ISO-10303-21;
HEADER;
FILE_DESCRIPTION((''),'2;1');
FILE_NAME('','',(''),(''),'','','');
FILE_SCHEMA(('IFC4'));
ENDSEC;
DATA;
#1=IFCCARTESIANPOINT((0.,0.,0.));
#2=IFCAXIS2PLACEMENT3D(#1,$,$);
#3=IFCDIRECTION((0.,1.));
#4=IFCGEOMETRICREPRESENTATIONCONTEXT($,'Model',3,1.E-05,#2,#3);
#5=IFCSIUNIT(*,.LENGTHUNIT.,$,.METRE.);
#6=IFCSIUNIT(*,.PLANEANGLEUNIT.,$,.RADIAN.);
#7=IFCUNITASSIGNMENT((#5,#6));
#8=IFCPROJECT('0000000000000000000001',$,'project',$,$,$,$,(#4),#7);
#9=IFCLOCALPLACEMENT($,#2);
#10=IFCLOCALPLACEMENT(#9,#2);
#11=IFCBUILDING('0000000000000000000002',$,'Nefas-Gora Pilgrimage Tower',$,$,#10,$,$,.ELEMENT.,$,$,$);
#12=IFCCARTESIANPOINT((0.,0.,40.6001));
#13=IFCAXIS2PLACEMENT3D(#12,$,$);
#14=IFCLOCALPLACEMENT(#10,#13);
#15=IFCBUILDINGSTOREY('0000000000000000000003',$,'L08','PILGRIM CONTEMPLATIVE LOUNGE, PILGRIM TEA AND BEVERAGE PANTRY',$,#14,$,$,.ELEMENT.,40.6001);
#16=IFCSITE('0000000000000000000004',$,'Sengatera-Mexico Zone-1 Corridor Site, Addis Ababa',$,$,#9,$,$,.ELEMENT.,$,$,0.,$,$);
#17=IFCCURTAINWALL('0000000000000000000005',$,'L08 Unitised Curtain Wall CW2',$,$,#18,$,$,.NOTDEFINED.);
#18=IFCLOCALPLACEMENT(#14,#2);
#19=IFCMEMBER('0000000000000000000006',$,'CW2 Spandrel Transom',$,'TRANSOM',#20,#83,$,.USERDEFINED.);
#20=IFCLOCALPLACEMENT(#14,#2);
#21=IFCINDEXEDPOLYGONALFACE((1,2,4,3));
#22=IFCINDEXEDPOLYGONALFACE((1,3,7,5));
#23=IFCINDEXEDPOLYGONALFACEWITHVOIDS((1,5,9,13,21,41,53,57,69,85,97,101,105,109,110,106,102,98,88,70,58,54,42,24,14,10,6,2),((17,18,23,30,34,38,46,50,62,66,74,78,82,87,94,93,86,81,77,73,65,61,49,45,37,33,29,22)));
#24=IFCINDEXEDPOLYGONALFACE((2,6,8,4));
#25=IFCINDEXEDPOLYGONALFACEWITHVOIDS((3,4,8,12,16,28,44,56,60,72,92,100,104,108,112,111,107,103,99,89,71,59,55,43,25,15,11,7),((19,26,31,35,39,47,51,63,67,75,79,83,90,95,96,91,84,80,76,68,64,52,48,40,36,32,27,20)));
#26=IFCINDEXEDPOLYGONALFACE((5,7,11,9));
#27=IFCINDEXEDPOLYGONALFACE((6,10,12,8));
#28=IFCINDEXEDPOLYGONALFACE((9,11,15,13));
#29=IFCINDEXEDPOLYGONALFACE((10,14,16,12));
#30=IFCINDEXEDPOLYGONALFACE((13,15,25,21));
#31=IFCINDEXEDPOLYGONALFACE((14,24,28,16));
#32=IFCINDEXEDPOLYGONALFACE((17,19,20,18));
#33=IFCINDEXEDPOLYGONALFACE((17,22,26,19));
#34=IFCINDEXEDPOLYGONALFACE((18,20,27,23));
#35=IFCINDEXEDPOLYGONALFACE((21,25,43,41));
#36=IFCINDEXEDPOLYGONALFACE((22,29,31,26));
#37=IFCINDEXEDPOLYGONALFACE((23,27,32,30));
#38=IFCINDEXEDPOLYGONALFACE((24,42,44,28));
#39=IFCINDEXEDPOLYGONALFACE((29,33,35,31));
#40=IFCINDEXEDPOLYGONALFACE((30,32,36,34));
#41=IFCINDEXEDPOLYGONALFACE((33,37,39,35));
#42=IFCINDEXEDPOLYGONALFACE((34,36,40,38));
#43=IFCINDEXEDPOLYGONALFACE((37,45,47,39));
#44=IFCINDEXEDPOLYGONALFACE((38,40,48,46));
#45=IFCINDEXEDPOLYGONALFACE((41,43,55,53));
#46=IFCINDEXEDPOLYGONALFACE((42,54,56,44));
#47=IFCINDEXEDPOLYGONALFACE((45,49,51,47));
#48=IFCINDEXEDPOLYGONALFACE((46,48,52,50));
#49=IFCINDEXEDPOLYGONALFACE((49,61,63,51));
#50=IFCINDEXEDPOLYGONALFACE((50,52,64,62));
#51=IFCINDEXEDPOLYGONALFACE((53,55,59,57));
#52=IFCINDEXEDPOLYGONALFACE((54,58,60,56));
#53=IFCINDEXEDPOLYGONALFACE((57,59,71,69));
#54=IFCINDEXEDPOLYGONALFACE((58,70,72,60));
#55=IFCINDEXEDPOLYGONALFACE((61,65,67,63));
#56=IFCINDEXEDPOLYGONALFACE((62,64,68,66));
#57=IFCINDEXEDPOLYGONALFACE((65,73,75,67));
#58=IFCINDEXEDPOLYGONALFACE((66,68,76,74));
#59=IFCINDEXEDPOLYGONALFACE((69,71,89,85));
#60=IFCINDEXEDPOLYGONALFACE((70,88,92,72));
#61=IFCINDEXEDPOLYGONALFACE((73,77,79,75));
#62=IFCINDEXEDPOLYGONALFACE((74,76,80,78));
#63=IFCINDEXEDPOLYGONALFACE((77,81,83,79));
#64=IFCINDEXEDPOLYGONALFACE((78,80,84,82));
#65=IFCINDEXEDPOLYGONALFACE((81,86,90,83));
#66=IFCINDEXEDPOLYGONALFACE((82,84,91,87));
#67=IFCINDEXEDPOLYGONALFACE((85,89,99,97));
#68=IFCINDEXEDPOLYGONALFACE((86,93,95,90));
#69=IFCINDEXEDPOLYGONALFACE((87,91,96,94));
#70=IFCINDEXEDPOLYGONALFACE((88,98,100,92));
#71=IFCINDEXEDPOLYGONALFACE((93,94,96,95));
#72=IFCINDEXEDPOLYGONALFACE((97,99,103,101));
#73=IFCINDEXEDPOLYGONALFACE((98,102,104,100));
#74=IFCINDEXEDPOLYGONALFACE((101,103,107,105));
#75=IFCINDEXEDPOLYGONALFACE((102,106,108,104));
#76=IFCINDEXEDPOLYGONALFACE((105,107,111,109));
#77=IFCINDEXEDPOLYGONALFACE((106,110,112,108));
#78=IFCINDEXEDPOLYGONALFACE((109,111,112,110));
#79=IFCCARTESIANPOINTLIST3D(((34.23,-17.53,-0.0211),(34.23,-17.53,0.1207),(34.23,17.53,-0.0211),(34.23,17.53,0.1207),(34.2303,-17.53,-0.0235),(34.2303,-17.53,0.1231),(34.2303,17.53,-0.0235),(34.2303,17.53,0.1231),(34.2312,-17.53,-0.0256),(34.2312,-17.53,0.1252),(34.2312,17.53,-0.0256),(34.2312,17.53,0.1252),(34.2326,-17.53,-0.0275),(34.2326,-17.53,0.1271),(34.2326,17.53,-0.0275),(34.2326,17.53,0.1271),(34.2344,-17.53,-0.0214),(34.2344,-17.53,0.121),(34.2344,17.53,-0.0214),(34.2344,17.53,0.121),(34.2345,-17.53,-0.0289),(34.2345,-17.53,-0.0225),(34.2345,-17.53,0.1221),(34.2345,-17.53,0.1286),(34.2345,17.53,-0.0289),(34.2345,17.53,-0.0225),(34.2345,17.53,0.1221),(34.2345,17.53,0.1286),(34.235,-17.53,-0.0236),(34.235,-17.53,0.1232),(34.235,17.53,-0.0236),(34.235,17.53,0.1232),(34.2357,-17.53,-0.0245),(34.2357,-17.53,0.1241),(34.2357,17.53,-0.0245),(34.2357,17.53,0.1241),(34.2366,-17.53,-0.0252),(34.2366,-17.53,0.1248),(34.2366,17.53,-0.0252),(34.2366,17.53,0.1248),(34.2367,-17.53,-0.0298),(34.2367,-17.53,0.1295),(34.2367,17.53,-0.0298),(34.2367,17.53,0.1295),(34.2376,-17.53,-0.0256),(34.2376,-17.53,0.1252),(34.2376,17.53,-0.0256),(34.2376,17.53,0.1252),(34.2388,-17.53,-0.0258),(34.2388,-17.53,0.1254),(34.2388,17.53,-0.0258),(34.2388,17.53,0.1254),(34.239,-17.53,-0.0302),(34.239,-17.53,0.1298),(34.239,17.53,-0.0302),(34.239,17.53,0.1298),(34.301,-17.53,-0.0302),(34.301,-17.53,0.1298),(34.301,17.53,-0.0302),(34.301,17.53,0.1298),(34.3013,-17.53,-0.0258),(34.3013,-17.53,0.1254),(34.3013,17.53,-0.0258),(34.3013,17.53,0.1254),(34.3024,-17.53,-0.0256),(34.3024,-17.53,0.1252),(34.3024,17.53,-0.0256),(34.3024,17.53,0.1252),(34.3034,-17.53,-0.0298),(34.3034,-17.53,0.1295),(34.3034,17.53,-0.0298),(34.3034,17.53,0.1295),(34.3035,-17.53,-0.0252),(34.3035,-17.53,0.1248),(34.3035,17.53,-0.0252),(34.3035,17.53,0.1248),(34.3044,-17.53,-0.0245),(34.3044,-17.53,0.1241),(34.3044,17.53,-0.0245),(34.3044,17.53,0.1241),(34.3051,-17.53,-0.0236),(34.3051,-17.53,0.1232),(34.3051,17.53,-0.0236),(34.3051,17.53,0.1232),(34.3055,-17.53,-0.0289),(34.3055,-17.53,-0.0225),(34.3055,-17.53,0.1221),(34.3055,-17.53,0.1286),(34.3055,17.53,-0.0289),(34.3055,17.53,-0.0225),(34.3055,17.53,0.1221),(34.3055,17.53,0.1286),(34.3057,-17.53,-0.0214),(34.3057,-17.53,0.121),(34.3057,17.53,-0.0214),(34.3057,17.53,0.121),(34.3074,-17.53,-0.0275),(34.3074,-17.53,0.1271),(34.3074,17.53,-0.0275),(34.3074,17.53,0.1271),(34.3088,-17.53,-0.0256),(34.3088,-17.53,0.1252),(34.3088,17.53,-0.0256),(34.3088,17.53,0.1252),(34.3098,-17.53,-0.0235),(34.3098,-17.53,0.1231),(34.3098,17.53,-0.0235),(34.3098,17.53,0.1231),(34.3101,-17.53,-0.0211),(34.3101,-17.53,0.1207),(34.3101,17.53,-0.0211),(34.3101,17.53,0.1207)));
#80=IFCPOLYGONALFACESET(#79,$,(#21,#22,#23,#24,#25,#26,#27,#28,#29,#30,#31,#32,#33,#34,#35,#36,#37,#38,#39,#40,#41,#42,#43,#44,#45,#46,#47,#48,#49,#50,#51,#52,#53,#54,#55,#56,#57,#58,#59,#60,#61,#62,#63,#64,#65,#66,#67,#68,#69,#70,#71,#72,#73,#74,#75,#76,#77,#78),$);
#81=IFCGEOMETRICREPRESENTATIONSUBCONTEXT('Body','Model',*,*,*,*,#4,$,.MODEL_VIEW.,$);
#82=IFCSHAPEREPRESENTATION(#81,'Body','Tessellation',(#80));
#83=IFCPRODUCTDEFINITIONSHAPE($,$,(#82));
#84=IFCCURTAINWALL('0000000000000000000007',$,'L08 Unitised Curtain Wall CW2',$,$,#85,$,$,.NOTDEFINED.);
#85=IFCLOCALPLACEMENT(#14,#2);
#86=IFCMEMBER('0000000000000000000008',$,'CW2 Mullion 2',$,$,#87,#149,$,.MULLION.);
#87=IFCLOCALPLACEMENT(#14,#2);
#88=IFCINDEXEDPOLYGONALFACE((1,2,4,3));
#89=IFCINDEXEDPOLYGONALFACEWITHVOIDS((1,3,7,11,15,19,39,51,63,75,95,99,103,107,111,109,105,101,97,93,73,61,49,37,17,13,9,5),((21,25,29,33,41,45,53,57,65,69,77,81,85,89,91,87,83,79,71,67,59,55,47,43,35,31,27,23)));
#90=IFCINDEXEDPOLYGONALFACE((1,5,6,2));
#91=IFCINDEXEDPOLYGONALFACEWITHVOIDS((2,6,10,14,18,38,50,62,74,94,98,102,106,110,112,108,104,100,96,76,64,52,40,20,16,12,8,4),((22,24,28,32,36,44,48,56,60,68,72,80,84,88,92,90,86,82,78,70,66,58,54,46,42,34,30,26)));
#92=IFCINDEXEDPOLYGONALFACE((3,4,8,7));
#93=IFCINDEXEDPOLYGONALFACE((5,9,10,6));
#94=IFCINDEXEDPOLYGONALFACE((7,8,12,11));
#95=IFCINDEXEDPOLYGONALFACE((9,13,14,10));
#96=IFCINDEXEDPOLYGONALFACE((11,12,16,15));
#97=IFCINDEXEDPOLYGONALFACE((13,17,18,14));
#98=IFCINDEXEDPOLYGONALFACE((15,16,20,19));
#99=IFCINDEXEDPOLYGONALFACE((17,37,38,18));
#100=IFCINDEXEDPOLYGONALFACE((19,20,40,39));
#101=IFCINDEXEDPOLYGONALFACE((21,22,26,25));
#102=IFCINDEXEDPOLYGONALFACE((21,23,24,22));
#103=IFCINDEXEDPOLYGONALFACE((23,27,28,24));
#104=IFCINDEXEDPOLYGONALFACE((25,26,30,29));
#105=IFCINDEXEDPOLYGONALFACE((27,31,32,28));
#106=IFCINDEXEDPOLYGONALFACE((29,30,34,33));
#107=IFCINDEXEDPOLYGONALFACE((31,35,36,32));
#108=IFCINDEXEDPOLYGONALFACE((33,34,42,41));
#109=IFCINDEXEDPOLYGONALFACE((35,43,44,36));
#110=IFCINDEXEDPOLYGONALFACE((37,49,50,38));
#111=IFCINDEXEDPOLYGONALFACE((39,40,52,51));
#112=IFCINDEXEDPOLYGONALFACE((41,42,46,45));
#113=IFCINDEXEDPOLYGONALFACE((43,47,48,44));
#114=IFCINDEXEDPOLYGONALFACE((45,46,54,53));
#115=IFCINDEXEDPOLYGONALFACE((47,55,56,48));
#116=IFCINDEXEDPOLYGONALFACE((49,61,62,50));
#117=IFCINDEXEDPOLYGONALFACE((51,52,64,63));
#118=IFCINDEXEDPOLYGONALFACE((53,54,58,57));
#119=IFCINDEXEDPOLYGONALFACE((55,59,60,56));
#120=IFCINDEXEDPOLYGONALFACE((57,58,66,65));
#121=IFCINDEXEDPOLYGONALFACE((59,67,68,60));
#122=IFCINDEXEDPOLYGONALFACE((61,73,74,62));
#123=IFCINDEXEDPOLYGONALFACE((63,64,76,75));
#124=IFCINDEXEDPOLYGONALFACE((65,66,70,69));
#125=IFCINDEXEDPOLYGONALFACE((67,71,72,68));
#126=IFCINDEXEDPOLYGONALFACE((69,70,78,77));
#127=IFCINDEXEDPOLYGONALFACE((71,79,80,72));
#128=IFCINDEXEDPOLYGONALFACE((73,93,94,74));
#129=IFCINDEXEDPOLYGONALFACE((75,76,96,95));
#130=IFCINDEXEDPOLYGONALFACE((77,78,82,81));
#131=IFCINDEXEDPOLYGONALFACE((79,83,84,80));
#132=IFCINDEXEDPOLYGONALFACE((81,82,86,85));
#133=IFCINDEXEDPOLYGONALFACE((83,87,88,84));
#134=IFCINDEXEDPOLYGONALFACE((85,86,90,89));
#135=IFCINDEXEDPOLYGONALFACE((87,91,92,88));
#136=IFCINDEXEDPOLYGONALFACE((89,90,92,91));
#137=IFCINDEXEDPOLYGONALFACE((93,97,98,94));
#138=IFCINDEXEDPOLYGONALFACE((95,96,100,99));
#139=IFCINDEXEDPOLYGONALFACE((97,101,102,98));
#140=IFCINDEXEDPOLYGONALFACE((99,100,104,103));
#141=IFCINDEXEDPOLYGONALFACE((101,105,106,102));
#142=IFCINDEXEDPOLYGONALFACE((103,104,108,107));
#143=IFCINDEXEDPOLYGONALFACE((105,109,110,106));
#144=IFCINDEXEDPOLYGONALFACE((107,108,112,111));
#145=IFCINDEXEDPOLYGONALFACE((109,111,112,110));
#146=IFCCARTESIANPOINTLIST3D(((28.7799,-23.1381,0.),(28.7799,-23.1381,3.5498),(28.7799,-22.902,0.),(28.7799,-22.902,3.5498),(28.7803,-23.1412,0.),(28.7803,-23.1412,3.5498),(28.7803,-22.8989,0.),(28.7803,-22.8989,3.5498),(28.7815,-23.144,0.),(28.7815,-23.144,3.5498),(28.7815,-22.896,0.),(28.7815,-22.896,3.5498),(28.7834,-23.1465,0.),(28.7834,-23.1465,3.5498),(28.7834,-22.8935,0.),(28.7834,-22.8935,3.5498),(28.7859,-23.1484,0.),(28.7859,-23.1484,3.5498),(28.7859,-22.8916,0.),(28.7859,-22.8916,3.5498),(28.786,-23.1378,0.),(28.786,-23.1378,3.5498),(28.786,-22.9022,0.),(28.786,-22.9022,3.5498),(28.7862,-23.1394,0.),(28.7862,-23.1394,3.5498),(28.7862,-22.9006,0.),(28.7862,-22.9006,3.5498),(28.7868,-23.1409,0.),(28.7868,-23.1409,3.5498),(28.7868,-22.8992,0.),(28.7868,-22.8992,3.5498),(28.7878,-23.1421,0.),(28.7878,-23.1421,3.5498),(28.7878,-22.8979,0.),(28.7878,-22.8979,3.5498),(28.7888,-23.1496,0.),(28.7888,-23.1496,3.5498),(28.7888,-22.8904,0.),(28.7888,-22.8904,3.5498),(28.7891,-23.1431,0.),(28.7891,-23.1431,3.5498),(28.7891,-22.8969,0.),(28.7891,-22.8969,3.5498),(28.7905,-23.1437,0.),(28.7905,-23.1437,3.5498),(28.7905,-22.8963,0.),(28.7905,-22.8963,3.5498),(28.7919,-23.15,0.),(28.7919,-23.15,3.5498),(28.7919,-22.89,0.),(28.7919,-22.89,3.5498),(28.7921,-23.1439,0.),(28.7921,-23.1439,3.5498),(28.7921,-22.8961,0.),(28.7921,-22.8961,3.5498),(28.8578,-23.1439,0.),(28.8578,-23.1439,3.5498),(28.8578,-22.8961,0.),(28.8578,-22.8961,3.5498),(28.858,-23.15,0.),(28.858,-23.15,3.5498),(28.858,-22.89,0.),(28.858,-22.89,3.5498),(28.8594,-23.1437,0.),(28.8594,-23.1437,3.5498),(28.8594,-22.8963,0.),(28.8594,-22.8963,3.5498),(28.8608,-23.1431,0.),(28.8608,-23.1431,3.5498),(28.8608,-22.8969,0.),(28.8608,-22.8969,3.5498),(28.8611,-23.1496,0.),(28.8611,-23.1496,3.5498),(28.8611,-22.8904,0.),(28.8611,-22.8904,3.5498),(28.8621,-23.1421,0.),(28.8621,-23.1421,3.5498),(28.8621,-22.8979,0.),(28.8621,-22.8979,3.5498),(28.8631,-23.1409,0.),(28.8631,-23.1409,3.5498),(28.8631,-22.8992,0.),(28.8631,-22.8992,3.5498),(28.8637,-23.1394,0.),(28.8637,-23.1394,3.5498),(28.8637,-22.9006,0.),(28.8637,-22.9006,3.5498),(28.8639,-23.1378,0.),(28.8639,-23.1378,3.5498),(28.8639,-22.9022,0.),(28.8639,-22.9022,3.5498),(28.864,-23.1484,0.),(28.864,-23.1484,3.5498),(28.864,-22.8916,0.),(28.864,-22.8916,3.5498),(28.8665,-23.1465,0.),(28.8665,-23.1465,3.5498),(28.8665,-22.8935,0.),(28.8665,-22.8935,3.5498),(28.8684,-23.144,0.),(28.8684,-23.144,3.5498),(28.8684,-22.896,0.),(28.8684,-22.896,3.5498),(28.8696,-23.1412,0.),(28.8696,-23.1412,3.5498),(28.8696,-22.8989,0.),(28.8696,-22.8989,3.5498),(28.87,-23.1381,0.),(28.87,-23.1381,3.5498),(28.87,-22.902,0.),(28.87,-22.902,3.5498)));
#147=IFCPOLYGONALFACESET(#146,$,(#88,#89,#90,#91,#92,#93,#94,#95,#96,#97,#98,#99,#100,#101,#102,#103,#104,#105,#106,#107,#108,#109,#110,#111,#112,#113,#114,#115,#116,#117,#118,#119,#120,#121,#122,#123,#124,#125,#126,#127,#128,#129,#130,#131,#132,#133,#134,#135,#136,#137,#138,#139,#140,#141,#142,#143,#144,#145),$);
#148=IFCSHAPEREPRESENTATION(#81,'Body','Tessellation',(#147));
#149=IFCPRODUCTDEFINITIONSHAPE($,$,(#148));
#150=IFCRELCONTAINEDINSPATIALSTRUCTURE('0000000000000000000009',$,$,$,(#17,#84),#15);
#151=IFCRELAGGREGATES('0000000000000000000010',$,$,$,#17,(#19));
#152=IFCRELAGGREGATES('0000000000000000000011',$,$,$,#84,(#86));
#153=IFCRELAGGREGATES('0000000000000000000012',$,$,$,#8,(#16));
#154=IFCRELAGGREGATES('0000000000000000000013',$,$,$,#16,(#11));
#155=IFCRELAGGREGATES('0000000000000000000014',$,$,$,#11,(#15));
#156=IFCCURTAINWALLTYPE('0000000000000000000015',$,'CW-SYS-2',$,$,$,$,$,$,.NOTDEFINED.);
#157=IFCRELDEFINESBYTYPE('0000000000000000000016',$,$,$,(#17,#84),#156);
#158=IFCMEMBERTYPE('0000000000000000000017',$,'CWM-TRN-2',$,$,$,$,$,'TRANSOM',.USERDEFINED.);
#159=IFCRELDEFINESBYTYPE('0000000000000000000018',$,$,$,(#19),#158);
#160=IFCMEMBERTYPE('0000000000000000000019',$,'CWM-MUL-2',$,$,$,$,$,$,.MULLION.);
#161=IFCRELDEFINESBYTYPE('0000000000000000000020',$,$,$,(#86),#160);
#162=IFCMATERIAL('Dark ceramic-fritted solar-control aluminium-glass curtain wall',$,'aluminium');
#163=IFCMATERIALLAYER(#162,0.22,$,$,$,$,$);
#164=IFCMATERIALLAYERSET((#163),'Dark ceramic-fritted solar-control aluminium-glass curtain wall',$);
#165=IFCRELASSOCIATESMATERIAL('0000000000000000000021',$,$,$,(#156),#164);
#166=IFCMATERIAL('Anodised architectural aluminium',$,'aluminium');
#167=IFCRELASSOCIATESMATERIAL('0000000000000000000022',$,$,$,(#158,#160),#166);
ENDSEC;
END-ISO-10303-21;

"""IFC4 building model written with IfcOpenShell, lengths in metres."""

from ifc_helpers import new_model, si_unit, direction, frame, origin, origin_2d, place, context, subcontext, project, spatial, hollow_rectangle, extrude, source, transform, mapped, material, layer, layer_set, material_profile, profile_set, type_object, element, aggregate, save


model = new_model("IFC4")

# Units and contexts
model_context = context("Model", 3, precision=1e-05, world=origin(), true_north=direction((0.0, 1.0)))
body_context = subcontext(model_context, "Body", "Model", "MODEL_VIEW")
ifc_project = project(units=[si_unit("LENGTHUNIT", "METRE"), si_unit("PLANEANGLEUNIT", "RADIAN")], contexts=[model_context])

# Site, building, storey
site_placement = place(None, origin())
site = spatial("IfcSite", under=ifc_project, at=site_placement, Name="Sengatera-Mexico Zone-1 Corridor Site, Addis Ababa", CompositionType="ELEMENT", RefElevation=0.0)
building_placement = place(site_placement, origin())
building = spatial("IfcBuilding", under=site, at=building_placement, Name="Nefas-Gora Pilgrimage Tower", CompositionType="ELEMENT")
storey_placement = place(building_placement, frame((0.0, 0.0, 40.6001)))
storey = spatial("IfcBuildingStorey", under=building, at=storey_placement, Name="L08", Description="PILGRIM CONTEMPLATIVE LOUNGE, PILGRIM TEA AND BEVERAGE PANTRY", CompositionType="ELEMENT", Elevation=40.6001)

# Curtain walls, members
ifc_material_1 = material(Name="Dark ceramic-fritted solar-control aluminium-glass curtain wall", Category="aluminium")
ifc_layer_1 = layer(ifc_material_1, 0.22)
ifc_layer_set_1 = layer_set([ifc_layer_1], Name="Dark ceramic-fritted solar-control aluminium-glass curtain wall")
curtain_wall_type = type_object("IfcCurtainWallType", Name="CW-SYS-2", PredefinedType="NOTDEFINED", material=ifc_layer_set_1)
curtain_wall_1_placement = place(storey_placement, origin())
curtain_wall_1 = element("IfcCurtainWall", 1, at=curtain_wall_1_placement, inside=storey, type_object=curtain_wall_type, Name="L08 Unitised Curtain Wall CW2", PredefinedType="NOTDEFINED")
ifc_material_2 = material(Name="Anodised architectural aluminium", Category="aluminium")
ifc_material_profile_1 = material_profile(ifc_material_2, hollow_rectangle(XDim=0.0801, YDim=0.1599, WallThickness=0.0044, InnerFilletRadius=0.0044, OuterFilletRadius=0.009, at=origin_2d()), Name="ALU TRANSOM 80x160")
ifc_profile_set_1 = profile_set([ifc_material_profile_1], Name="Anodised architectural aluminium")
member_type_1 = type_object("IfcMemberType", Name="CWM-TRN-2", ElementType="TRANSOM", PredefinedType="USERDEFINED", material=ifc_profile_set_1)
shared_shape_1 = source(origin(), body_context, "Body", "SweptSolid", [
    extrude(hollow_rectangle(XDim=0.0801, YDim=0.1599, WallThickness=0.0044, InnerFilletRadius=0.0044, OuterFilletRadius=0.009, at=origin_2d()), origin(), (0.0, 0.0, 1.0), 35.0601),
])
member_1_placement = place(storey_placement, frame((34.27, -17.53, 0.0498), z_axis=(0.0, 1.0, 0.0), x_axis=(-1.0, 0.0, 0.0)))
member_1 = element("IfcMember", 2, at=member_1_placement, type_object=member_type_1, Name="CW2 Spandrel Transom", ObjectType="TRANSOM", PredefinedType="USERDEFINED", context=body_context, shape_type="MappedRepresentation", body=[
    mapped(shared_shape_1, transform((0.0, 0.0, 0.0), x_axis=(1.0, 0.0, 0.0), y_axis=(0.0, 1.0, 0.0), z_axis=(0.0, 0.0, 1.0), scale=1.0)),
])
curtain_wall_2_placement = place(storey_placement, origin())
curtain_wall_2 = element("IfcCurtainWall", 3, at=curtain_wall_2_placement, inside=storey, type_object=curtain_wall_type, Name="L08 Unitised Curtain Wall CW2", PredefinedType="NOTDEFINED")
ifc_material_profile_2 = material_profile(ifc_material_2, hollow_rectangle(XDim=0.0901, YDim=0.26, WallThickness=0.0061, InnerFilletRadius=0.0061, OuterFilletRadius=0.012, at=origin_2d()), Name="ALU MULLION 90x260")
ifc_profile_set_2 = profile_set([ifc_material_profile_2], Name="Anodised architectural aluminium")
member_type_2 = type_object("IfcMemberType", Name="CWM-MUL-2", PredefinedType="MULLION", material=ifc_profile_set_2)
shared_shape_2 = source(origin(), body_context, "Body", "SweptSolid", [
    extrude(hollow_rectangle(XDim=0.0901, YDim=0.26, WallThickness=0.0061, InnerFilletRadius=0.0061, OuterFilletRadius=0.012, at=origin_2d()), origin(), (0.0, 0.0, 1.0), 3.5498),
])
member_2_placement = place(storey_placement, frame((28.825, -23.02, 0.0), z_axis=(0.0, 0.0, 1.0), x_axis=(1.0, 0.0, 0.0)))
member_2 = element("IfcMember", 4, at=member_2_placement, type_object=member_type_2, Name="CW2 Mullion 2", PredefinedType="MULLION", context=body_context, shape_type="MappedRepresentation", body=[
    mapped(shared_shape_2, transform((0.0, 0.0, 0.0), x_axis=(1.0, 0.0, 0.0), y_axis=(0.0, 1.0, 0.0), z_axis=(0.0, 0.0, 1.0), scale=1.0)),
])

aggregate(curtain_wall_1, [member_1])

aggregate(curtain_wall_2, [member_2])

save(model, "model.ifc")
